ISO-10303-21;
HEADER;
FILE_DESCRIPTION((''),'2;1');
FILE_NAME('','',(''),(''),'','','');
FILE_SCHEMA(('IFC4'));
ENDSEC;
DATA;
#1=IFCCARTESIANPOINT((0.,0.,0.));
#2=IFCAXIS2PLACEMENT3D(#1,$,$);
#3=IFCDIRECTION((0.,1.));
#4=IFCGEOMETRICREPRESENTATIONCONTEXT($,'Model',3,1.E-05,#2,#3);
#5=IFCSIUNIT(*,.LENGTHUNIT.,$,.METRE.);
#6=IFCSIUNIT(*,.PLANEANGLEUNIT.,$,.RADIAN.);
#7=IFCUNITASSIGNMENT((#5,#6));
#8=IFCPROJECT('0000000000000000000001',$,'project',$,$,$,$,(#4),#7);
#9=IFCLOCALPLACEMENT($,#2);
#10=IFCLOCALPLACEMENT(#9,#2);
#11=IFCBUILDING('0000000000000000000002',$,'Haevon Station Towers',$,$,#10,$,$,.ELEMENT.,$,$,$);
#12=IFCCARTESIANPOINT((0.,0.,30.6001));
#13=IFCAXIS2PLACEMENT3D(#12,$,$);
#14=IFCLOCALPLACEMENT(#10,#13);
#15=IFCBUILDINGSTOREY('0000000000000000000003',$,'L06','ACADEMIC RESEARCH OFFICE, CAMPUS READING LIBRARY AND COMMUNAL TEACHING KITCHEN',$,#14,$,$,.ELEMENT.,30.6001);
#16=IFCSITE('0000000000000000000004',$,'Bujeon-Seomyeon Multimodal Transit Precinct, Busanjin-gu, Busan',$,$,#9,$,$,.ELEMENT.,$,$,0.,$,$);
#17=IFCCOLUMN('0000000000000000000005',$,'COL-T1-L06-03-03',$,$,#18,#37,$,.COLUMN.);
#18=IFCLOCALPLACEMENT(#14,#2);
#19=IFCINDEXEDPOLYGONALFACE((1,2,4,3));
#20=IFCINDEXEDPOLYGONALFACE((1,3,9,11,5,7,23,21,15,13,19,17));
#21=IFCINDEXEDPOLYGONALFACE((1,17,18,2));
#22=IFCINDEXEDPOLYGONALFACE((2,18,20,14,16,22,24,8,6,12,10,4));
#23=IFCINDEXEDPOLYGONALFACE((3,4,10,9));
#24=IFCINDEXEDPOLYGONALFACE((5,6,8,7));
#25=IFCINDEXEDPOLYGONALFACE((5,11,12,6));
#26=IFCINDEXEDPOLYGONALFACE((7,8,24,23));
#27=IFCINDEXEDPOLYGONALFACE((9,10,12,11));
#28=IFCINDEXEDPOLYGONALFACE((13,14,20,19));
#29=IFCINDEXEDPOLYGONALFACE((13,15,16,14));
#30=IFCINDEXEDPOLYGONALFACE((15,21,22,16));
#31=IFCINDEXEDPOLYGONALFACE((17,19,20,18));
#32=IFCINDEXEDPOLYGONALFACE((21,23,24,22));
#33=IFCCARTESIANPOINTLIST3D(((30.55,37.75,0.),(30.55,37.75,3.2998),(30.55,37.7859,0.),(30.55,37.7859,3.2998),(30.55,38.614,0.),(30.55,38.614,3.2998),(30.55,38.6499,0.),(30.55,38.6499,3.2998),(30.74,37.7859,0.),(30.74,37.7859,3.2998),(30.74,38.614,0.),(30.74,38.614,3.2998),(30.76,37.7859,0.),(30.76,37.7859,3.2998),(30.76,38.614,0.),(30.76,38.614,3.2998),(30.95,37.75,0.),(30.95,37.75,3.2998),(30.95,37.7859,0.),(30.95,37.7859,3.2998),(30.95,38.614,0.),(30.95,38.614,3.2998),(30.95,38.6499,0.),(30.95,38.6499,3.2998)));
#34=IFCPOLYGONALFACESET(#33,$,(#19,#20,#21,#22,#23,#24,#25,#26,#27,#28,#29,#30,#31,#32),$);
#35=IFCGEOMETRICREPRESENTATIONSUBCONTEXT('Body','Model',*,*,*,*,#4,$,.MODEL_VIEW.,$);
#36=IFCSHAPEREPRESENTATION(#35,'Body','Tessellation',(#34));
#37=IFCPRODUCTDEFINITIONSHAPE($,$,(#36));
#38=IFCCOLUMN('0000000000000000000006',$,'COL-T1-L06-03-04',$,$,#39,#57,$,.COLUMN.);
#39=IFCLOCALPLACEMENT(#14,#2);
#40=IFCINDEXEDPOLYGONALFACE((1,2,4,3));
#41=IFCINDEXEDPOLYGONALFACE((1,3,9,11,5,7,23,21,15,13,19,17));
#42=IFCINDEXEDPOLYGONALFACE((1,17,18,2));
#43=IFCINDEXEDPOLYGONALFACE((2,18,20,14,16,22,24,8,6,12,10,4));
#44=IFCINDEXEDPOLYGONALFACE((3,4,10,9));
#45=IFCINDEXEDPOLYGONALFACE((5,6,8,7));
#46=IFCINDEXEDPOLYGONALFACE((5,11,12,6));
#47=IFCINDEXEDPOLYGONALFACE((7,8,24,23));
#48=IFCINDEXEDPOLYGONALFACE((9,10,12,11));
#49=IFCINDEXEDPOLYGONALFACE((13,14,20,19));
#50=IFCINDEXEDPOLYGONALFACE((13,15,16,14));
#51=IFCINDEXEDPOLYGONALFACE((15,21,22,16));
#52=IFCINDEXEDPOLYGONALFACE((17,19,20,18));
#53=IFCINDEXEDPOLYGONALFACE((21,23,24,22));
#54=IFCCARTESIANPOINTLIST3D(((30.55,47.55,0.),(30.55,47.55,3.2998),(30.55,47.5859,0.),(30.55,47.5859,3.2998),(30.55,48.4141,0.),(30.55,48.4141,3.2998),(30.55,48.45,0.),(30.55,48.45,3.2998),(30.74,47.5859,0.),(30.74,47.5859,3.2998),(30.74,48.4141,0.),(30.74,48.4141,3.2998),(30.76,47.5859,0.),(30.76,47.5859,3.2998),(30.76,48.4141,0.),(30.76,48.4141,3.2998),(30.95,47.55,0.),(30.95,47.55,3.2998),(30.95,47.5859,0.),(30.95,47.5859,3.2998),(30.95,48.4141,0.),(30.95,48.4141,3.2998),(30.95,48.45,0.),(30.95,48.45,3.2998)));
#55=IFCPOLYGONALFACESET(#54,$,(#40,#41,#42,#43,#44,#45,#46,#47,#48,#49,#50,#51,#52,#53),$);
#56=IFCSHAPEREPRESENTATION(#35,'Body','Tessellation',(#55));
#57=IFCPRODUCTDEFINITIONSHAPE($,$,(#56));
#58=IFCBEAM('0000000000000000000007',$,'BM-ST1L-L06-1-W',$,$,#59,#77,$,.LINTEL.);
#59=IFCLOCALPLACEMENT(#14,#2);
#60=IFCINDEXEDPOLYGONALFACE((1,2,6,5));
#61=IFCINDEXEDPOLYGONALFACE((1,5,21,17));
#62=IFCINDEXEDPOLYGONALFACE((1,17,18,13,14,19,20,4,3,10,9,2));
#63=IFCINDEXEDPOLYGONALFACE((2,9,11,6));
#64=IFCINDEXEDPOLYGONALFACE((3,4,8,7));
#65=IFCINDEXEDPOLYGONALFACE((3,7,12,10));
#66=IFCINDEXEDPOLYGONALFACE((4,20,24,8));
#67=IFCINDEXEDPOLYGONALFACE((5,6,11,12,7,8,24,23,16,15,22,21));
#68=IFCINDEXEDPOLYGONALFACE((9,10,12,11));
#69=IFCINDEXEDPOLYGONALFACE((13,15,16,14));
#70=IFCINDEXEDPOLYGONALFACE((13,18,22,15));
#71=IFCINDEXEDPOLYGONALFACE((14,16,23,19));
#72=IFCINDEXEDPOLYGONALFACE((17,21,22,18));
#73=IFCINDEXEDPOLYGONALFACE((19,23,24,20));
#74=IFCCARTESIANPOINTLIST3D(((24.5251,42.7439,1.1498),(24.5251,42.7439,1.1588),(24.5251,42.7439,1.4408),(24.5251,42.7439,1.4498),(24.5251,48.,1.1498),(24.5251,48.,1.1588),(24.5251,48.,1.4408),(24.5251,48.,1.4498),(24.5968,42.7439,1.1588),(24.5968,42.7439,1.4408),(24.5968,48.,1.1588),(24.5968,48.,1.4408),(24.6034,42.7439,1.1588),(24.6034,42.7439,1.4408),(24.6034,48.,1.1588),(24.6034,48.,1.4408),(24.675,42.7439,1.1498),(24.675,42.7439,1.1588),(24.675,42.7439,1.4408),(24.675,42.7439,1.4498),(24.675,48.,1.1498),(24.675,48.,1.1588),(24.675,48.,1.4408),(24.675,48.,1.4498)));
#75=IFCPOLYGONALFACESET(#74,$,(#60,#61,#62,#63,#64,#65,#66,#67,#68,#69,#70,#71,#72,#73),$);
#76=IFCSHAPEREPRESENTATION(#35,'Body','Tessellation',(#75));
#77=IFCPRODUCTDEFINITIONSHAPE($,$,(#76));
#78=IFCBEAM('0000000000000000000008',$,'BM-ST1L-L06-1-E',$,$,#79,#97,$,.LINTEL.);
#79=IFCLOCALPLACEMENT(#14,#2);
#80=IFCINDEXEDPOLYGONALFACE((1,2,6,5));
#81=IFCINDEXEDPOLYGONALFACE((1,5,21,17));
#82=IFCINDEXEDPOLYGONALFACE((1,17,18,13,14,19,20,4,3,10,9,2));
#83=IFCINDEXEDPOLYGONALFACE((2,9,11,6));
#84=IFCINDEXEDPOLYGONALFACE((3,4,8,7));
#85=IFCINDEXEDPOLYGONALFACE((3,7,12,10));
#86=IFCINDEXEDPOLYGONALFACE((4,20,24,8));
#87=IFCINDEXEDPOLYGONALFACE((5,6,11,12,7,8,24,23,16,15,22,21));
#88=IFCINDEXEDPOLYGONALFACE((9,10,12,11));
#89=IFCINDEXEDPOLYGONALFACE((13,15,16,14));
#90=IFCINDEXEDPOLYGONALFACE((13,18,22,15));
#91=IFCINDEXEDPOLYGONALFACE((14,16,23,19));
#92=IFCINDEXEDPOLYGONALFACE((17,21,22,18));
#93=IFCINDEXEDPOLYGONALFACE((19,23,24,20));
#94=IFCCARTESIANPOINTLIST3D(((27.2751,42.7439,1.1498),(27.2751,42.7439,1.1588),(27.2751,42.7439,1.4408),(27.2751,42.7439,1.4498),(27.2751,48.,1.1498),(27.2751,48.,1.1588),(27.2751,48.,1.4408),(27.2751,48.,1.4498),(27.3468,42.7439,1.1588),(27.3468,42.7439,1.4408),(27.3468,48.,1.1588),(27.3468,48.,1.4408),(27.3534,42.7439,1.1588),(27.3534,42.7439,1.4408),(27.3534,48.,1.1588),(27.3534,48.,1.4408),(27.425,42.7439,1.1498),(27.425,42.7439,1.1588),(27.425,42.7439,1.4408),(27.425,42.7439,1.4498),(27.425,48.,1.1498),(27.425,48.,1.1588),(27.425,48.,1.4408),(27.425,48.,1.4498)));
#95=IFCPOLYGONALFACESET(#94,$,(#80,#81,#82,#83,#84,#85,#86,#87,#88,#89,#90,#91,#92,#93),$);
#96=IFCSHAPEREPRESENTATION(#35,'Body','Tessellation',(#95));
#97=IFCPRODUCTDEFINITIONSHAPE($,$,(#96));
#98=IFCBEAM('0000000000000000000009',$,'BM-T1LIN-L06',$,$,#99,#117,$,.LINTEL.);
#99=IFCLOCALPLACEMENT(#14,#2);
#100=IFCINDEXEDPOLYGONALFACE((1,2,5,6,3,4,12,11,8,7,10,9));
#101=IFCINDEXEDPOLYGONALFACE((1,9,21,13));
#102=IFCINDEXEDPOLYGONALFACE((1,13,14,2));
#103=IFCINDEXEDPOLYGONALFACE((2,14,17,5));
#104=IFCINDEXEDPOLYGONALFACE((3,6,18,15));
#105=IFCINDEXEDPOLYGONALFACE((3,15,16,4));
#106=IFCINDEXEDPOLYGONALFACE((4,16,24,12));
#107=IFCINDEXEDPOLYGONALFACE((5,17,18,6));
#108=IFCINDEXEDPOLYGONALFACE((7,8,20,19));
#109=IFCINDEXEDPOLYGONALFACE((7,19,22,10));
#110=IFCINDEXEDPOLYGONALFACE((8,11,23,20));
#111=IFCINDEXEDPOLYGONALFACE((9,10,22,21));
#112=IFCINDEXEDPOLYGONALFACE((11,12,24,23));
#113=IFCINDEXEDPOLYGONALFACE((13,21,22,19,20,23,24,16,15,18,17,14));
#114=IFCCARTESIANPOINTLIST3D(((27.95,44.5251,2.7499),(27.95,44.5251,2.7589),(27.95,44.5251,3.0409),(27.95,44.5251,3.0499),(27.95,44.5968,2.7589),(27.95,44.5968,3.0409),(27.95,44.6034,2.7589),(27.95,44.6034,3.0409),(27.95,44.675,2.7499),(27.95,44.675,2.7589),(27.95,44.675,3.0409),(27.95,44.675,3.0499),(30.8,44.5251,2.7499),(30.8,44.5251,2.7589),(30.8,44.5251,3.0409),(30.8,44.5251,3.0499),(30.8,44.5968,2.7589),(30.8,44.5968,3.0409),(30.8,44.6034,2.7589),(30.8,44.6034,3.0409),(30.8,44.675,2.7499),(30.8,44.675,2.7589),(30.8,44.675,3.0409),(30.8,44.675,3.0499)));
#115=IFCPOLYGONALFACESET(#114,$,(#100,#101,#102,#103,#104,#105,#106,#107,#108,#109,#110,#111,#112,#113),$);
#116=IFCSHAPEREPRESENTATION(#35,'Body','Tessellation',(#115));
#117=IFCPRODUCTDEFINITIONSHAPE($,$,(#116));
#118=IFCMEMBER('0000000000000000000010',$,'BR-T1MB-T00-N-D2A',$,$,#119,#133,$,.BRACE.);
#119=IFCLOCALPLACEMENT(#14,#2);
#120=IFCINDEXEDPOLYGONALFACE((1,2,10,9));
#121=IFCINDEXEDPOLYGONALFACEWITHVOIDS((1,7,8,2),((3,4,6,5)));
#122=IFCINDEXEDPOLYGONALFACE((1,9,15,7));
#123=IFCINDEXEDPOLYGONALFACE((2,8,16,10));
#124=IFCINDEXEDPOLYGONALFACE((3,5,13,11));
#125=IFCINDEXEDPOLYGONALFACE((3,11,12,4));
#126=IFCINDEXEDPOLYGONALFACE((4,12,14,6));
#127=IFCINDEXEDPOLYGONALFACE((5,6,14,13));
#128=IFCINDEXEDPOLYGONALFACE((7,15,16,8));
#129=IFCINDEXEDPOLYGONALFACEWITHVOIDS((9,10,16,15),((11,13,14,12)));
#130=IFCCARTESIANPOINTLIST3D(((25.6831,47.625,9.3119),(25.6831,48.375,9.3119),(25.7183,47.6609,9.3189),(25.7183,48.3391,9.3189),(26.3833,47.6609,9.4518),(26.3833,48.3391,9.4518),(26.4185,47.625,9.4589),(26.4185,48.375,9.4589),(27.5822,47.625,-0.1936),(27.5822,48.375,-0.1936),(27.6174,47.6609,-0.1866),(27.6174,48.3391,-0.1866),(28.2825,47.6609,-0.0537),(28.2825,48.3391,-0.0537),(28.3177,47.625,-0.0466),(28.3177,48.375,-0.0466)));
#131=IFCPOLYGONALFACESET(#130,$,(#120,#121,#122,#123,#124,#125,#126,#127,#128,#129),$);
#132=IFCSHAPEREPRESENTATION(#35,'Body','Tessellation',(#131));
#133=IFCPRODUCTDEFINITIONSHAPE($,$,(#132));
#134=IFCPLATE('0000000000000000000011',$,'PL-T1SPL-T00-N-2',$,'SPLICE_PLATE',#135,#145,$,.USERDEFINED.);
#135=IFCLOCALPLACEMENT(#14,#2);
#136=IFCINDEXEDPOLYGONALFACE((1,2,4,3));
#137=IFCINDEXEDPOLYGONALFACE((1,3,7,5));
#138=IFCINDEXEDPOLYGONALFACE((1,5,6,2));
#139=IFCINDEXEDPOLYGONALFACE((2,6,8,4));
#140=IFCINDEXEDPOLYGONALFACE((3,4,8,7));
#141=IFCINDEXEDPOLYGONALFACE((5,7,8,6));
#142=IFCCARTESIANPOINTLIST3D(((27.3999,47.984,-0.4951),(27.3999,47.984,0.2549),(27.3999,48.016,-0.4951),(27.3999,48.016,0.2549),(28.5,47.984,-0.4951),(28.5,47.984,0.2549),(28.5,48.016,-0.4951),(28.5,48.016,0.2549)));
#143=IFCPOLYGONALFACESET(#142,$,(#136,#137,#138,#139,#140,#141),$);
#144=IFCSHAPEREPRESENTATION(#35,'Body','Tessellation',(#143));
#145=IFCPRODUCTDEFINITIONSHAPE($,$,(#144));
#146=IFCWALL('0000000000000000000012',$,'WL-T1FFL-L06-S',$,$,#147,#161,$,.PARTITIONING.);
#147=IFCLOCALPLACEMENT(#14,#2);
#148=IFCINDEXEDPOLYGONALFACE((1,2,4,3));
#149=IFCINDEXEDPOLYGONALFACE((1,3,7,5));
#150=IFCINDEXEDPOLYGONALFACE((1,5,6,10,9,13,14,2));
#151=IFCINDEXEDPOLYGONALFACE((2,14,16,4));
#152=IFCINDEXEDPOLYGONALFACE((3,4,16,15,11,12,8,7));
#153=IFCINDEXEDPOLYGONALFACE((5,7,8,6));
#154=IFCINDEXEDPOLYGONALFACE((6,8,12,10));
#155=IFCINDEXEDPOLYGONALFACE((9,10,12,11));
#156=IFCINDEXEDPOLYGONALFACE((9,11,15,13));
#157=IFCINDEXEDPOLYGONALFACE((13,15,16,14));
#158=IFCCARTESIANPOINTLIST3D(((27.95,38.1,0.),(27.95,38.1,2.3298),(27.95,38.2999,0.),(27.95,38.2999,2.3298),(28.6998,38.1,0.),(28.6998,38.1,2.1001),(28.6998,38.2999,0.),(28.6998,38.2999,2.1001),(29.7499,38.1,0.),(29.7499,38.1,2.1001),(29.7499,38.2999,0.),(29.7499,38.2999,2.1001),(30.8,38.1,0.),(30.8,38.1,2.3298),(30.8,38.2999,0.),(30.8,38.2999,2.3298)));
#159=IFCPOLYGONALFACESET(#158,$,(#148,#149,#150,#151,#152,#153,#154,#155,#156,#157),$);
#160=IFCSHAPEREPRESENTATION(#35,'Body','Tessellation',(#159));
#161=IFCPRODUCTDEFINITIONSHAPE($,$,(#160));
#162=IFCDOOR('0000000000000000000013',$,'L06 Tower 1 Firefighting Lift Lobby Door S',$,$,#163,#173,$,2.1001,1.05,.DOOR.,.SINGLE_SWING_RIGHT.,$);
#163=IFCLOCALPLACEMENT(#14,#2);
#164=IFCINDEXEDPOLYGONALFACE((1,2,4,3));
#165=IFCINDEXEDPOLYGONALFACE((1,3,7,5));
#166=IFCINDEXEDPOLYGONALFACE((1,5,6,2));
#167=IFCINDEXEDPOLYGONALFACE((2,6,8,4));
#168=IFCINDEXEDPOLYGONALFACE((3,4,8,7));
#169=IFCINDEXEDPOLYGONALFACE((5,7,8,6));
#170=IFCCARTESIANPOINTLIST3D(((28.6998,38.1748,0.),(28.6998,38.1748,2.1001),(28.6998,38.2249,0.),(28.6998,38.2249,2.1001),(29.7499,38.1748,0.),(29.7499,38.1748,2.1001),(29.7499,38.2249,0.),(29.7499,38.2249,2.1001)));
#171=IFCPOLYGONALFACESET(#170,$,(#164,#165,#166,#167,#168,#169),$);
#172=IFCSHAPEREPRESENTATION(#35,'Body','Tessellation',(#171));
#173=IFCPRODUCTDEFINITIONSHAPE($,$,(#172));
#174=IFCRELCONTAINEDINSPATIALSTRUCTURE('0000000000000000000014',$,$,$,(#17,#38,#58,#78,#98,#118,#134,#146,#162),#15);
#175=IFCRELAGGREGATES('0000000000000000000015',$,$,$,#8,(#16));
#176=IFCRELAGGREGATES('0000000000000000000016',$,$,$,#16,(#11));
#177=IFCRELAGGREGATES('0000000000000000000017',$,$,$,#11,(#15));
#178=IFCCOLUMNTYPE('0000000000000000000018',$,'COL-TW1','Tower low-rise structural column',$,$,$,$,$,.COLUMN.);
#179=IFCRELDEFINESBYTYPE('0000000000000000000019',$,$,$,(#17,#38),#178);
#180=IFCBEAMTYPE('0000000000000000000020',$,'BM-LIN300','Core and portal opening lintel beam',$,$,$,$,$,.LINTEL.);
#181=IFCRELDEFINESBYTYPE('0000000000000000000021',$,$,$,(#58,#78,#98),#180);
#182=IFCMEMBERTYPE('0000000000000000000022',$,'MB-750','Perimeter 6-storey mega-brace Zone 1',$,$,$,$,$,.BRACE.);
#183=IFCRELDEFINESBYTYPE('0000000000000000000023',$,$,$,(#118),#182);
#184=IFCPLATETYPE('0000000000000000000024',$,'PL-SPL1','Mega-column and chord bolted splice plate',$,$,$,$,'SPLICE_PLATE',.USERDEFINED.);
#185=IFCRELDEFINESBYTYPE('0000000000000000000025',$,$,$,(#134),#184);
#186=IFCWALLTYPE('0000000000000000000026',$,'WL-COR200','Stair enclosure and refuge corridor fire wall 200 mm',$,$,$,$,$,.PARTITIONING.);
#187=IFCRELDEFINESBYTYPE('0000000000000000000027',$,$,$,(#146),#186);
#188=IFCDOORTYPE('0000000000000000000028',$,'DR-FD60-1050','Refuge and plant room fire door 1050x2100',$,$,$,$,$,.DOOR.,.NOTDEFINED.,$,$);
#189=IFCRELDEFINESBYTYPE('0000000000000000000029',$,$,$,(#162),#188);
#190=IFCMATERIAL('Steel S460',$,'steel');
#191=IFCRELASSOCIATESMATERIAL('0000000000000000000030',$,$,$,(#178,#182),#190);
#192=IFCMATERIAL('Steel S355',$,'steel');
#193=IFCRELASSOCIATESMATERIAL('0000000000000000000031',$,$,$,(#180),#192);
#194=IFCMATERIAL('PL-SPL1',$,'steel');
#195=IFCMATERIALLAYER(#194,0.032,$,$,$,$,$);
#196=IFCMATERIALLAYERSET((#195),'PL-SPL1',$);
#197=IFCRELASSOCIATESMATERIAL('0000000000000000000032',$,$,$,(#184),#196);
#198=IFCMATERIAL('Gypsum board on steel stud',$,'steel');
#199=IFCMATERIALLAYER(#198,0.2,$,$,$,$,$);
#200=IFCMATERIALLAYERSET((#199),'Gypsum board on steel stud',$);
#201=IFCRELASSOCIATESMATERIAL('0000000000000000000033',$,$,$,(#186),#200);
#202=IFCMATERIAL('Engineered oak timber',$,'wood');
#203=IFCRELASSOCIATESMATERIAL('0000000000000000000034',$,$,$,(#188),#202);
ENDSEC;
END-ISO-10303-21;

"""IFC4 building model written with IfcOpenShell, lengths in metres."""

from ifc_helpers import new_model, si_unit, direction, frame, frame_2d, origin, origin_2d, place, context, subcontext, project, spatial, rectangle, hollow_rectangle, i_section, extrude, material, layer, layer_set, material_profile, profile_set, type_object, element, fill, save


model = new_model("IFC4")

# Units and contexts
model_context = context("Model", 3, precision=1e-05, world=origin(), true_north=direction((0.0, 1.0)))
body_context = subcontext(model_context, "Body", "Model", "MODEL_VIEW")
ifc_project = project(units=[si_unit("LENGTHUNIT", "METRE"), si_unit("PLANEANGLEUNIT", "RADIAN")], contexts=[model_context])

# Site, building, storey
site_placement = place(None, origin())
site = spatial("IfcSite", under=ifc_project, at=site_placement, Name="Bujeon-Seomyeon Multimodal Transit Precinct, Busanjin-gu, Busan", CompositionType="ELEMENT", RefElevation=0.0)
building_placement = place(site_placement, origin())
building = spatial("IfcBuilding", under=site, at=building_placement, Name="Haevon Station Towers", CompositionType="ELEMENT")
storey_placement = place(building_placement, frame((0.0, 0.0, 30.6001)))
storey = spatial("IfcBuildingStorey", under=building, at=storey_placement, Name="L06", Description="ACADEMIC RESEARCH OFFICE, CAMPUS READING LIBRARY AND COMMUNAL TEACHING KITCHEN", CompositionType="ELEMENT", Elevation=30.6001)

# Columns
ifc_material_1 = material(Name="Steel S460", Category="steel")
ifc_material_profile_1 = material_profile(ifc_material_1, i_section(OverallWidth=0.3999, OverallDepth=0.8999, WebThickness=0.02, FlangeThickness=0.0359, at=origin_2d()), Name="H-900x400x20x36")
ifc_profile_set_1 = profile_set([ifc_material_profile_1], Name="Steel S460")
column_type = type_object("IfcColumnType", Name="COL-TW1", Description="Tower low-rise structural column", PredefinedType="COLUMN", material=ifc_profile_set_1)
for number, where, z_axis, x_axis, name in (
    (1, (30.75, 38.2, 0.0), (0.0, 0.0, 1.0), (1.0, 0.0, 0.0), "COL-T1-L06-03-03"),
    (2, (30.75, 48.0, 0.0), (0.0, 0.0, 1.0), (1.0, 0.0, 0.0), "COL-T1-L06-03-04"),
):
    element("IfcColumn", number, at=place(storey_placement, frame(where, z_axis=z_axis, x_axis=x_axis)), inside=storey, type_object=column_type, Name=name, PredefinedType="COLUMN", context=body_context, shape_type="SweptSolid", body=[
        extrude(i_section(OverallWidth=0.3999, OverallDepth=0.8999, WebThickness=0.02, FlangeThickness=0.0359, at=origin_2d()), origin(), (0.0, 0.0, 1.0), 3.2998),
    ])

# Beams
ifc_material_2 = material(Name="Steel S355", Category="steel")
ifc_material_profile_2 = material_profile(ifc_material_2, i_section(OverallWidth=0.1499, OverallDepth=0.3, WebThickness=0.0066, FlangeThickness=0.009, at=origin_2d()), Name="H-300x150x6.5x9")
ifc_profile_set_2 = profile_set([ifc_material_profile_2], Name="Steel S355")
beam_type = type_object("IfcBeamType", Name="BM-LIN300", Description="Core and portal opening lintel beam", PredefinedType="LINTEL", material=ifc_profile_set_2)
for number, where, z_axis, x_axis, name in (
    (3, (24.6001, 42.7439, 1.2998), (0.0, 1.0, 0.0), (-1.0, 0.0, 0.0), "BM-ST1L-L06-1-W"),
    (4, (27.3501, 42.7439, 1.2998), (0.0, 1.0, 0.0), (-1.0, 0.0, 0.0), "BM-ST1L-L06-1-E"),
):
    element("IfcBeam", number, at=place(storey_placement, frame(where, z_axis=z_axis, x_axis=x_axis)), inside=storey, type_object=beam_type, Name=name, PredefinedType="LINTEL", context=body_context, shape_type="SweptSolid", body=[
        extrude(i_section(OverallWidth=0.1499, OverallDepth=0.3, WebThickness=0.0066, FlangeThickness=0.009, at=origin_2d()), origin(), (0.0, 0.0, 1.0), 5.2561),
    ])
beam_placement = place(storey_placement, frame((27.95, 44.6001, 2.8999), z_axis=(1.0, 0.0, 0.0), x_axis=(0.0, 1.0, 0.0)))
element("IfcBeam", 5, at=beam_placement, inside=storey, type_object=beam_type, Name="BM-T1LIN-L06", PredefinedType="LINTEL", context=body_context, shape_type="SweptSolid", body=[
    extrude(i_section(OverallWidth=0.1499, OverallDepth=0.3, WebThickness=0.0066, FlangeThickness=0.009, at=origin_2d()), origin(), (0.0, 0.0, 1.0), 2.8501),
])

# Member
ifc_material_profile_3 = material_profile(ifc_material_1, hollow_rectangle(XDim=0.75, YDim=0.75, WallThickness=0.0359, at=origin_2d()), Name="RHS-750x750x36")
ifc_profile_set_3 = profile_set([ifc_material_profile_3], Name="Steel S460")
member_type = type_object("IfcMemberType", Name="MB-750", Description="Perimeter 6-storey mega-brace Zone 1", PredefinedType="BRACE", material=ifc_profile_set_3)
member_placement = place(storey_placement, frame((27.95, 48.0, -0.1201), z_axis=(-0.195922, 0.0, 0.980619), x_axis=(0.0, -1.0, 0.0)))
element("IfcMember", 6, at=member_placement, inside=storey, type_object=member_type, Name="BR-T1MB-T00-N-D2A", PredefinedType="BRACE", context=body_context, shape_type="SweptSolid", body=[
    extrude(hollow_rectangle(XDim=0.75, YDim=0.75, WallThickness=0.0359, at=origin_2d()), origin(), (0.0, 0.0, 1.0), 9.6934),
])

# Plate
ifc_material_3 = material(Name="PL-SPL1", Category="steel")
ifc_layer_1 = layer(ifc_material_3, 0.032)
ifc_layer_set_1 = layer_set([ifc_layer_1], Name="PL-SPL1")
plate_type = type_object("IfcPlateType", Name="PL-SPL1", Description="Mega-column and chord bolted splice plate", ElementType="SPLICE_PLATE", PredefinedType="USERDEFINED", material=ifc_layer_set_1)
plate_placement = place(storey_placement, frame((27.95, 48.0, -0.4951), z_axis=(0.0, 0.0, 1.0), x_axis=(1.0, 0.0, 0.0)))
element("IfcPlate", 7, at=plate_placement, inside=storey, type_object=plate_type, Name="PL-T1SPL-T00-N-2", ObjectType="SPLICE_PLATE", PredefinedType="USERDEFINED", context=body_context, shape_type="SweptSolid", body=[
    extrude(rectangle(XDim=1.1001, YDim=0.032, at=origin_2d()), origin(), (0.0, 0.0, 1.0), 0.75),
])

# Wall, opening, door
ifc_material_4 = material(Name="Gypsum board on steel stud", Category="steel")
ifc_layer_2 = layer(ifc_material_4, 0.2)
ifc_layer_set_2 = layer_set([ifc_layer_2], Name="Gypsum board on steel stud")
wall_type_1 = type_object("IfcWallType", Name="WL-COR200", Description="Stair enclosure and refuge corridor fire wall 200 mm", PredefinedType="PARTITIONING", material=ifc_layer_set_2)
wall_1_placement = place(storey_placement, frame((27.95, 38.2, 0.0), z_axis=(0.0, 0.0, 1.0), x_axis=(1.0, 0.0, 0.0)))
wall_1 = element("IfcWall", 8, at=wall_1_placement, inside=storey, type_object=wall_type_1, Name="WL-T1FFL-L06-S", PredefinedType="PARTITIONING", context=body_context, shape_type="SweptSolid", body=[
    extrude(rectangle(XDim=2.8501, YDim=0.2, at=frame_2d((1.425, 0.0))), origin(), (0.0, 0.0, 1.0), 2.3298),
])
opening_1_placement = place(wall_1_placement, frame((0.75, 0.0, 0.0)))
opening_1 = element("IfcOpeningElement", 9, at=opening_1_placement, cuts=wall_1, PredefinedType="OPENING", context=body_context, shape_type="SweptSolid", body=[
    extrude(rectangle(XDim=1.05, YDim=2.1001, at=frame_2d((0.5249, 1.05))), frame((0.0, 0.1099, 0.0), z_axis=(0.0, -1.0, 0.0), x_axis=(1.0, 0.0, 0.0)), (0.0, 0.0, 1.0), 0.22),
])
ifc_material_5 = material(Name="Engineered oak timber", Category="wood")
door_type_1 = type_object("IfcDoorType", Name="DR-FD60-1050", Description="Refuge and plant room fire door 1050x2100", OperationType="NOTDEFINED", PredefinedType="DOOR", material=ifc_material_5)
door_1_placement = place(opening_1_placement, origin())
door_1 = element("IfcDoor", 10, at=door_1_placement, inside=storey, type_object=door_type_1, Name="L06 Tower 1 Firefighting Lift Lobby Door S", OperationType="SINGLE_SWING_RIGHT", OverallHeight=2.1001, OverallWidth=1.05, PredefinedType="DOOR", context=body_context, shape_type="SweptSolid", body=[
    extrude(rectangle(XDim=1.05, YDim=2.1001, at=frame_2d((0.5249, 1.05))), frame((0.0, 0.0249, 0.0), z_axis=(0.0, -1.0, 0.0), x_axis=(1.0, 0.0, 0.0)), (0.0, 0.0, 1.0), 0.05),
])
fill(opening_1, door_1)

save(model, "model.ifc")
